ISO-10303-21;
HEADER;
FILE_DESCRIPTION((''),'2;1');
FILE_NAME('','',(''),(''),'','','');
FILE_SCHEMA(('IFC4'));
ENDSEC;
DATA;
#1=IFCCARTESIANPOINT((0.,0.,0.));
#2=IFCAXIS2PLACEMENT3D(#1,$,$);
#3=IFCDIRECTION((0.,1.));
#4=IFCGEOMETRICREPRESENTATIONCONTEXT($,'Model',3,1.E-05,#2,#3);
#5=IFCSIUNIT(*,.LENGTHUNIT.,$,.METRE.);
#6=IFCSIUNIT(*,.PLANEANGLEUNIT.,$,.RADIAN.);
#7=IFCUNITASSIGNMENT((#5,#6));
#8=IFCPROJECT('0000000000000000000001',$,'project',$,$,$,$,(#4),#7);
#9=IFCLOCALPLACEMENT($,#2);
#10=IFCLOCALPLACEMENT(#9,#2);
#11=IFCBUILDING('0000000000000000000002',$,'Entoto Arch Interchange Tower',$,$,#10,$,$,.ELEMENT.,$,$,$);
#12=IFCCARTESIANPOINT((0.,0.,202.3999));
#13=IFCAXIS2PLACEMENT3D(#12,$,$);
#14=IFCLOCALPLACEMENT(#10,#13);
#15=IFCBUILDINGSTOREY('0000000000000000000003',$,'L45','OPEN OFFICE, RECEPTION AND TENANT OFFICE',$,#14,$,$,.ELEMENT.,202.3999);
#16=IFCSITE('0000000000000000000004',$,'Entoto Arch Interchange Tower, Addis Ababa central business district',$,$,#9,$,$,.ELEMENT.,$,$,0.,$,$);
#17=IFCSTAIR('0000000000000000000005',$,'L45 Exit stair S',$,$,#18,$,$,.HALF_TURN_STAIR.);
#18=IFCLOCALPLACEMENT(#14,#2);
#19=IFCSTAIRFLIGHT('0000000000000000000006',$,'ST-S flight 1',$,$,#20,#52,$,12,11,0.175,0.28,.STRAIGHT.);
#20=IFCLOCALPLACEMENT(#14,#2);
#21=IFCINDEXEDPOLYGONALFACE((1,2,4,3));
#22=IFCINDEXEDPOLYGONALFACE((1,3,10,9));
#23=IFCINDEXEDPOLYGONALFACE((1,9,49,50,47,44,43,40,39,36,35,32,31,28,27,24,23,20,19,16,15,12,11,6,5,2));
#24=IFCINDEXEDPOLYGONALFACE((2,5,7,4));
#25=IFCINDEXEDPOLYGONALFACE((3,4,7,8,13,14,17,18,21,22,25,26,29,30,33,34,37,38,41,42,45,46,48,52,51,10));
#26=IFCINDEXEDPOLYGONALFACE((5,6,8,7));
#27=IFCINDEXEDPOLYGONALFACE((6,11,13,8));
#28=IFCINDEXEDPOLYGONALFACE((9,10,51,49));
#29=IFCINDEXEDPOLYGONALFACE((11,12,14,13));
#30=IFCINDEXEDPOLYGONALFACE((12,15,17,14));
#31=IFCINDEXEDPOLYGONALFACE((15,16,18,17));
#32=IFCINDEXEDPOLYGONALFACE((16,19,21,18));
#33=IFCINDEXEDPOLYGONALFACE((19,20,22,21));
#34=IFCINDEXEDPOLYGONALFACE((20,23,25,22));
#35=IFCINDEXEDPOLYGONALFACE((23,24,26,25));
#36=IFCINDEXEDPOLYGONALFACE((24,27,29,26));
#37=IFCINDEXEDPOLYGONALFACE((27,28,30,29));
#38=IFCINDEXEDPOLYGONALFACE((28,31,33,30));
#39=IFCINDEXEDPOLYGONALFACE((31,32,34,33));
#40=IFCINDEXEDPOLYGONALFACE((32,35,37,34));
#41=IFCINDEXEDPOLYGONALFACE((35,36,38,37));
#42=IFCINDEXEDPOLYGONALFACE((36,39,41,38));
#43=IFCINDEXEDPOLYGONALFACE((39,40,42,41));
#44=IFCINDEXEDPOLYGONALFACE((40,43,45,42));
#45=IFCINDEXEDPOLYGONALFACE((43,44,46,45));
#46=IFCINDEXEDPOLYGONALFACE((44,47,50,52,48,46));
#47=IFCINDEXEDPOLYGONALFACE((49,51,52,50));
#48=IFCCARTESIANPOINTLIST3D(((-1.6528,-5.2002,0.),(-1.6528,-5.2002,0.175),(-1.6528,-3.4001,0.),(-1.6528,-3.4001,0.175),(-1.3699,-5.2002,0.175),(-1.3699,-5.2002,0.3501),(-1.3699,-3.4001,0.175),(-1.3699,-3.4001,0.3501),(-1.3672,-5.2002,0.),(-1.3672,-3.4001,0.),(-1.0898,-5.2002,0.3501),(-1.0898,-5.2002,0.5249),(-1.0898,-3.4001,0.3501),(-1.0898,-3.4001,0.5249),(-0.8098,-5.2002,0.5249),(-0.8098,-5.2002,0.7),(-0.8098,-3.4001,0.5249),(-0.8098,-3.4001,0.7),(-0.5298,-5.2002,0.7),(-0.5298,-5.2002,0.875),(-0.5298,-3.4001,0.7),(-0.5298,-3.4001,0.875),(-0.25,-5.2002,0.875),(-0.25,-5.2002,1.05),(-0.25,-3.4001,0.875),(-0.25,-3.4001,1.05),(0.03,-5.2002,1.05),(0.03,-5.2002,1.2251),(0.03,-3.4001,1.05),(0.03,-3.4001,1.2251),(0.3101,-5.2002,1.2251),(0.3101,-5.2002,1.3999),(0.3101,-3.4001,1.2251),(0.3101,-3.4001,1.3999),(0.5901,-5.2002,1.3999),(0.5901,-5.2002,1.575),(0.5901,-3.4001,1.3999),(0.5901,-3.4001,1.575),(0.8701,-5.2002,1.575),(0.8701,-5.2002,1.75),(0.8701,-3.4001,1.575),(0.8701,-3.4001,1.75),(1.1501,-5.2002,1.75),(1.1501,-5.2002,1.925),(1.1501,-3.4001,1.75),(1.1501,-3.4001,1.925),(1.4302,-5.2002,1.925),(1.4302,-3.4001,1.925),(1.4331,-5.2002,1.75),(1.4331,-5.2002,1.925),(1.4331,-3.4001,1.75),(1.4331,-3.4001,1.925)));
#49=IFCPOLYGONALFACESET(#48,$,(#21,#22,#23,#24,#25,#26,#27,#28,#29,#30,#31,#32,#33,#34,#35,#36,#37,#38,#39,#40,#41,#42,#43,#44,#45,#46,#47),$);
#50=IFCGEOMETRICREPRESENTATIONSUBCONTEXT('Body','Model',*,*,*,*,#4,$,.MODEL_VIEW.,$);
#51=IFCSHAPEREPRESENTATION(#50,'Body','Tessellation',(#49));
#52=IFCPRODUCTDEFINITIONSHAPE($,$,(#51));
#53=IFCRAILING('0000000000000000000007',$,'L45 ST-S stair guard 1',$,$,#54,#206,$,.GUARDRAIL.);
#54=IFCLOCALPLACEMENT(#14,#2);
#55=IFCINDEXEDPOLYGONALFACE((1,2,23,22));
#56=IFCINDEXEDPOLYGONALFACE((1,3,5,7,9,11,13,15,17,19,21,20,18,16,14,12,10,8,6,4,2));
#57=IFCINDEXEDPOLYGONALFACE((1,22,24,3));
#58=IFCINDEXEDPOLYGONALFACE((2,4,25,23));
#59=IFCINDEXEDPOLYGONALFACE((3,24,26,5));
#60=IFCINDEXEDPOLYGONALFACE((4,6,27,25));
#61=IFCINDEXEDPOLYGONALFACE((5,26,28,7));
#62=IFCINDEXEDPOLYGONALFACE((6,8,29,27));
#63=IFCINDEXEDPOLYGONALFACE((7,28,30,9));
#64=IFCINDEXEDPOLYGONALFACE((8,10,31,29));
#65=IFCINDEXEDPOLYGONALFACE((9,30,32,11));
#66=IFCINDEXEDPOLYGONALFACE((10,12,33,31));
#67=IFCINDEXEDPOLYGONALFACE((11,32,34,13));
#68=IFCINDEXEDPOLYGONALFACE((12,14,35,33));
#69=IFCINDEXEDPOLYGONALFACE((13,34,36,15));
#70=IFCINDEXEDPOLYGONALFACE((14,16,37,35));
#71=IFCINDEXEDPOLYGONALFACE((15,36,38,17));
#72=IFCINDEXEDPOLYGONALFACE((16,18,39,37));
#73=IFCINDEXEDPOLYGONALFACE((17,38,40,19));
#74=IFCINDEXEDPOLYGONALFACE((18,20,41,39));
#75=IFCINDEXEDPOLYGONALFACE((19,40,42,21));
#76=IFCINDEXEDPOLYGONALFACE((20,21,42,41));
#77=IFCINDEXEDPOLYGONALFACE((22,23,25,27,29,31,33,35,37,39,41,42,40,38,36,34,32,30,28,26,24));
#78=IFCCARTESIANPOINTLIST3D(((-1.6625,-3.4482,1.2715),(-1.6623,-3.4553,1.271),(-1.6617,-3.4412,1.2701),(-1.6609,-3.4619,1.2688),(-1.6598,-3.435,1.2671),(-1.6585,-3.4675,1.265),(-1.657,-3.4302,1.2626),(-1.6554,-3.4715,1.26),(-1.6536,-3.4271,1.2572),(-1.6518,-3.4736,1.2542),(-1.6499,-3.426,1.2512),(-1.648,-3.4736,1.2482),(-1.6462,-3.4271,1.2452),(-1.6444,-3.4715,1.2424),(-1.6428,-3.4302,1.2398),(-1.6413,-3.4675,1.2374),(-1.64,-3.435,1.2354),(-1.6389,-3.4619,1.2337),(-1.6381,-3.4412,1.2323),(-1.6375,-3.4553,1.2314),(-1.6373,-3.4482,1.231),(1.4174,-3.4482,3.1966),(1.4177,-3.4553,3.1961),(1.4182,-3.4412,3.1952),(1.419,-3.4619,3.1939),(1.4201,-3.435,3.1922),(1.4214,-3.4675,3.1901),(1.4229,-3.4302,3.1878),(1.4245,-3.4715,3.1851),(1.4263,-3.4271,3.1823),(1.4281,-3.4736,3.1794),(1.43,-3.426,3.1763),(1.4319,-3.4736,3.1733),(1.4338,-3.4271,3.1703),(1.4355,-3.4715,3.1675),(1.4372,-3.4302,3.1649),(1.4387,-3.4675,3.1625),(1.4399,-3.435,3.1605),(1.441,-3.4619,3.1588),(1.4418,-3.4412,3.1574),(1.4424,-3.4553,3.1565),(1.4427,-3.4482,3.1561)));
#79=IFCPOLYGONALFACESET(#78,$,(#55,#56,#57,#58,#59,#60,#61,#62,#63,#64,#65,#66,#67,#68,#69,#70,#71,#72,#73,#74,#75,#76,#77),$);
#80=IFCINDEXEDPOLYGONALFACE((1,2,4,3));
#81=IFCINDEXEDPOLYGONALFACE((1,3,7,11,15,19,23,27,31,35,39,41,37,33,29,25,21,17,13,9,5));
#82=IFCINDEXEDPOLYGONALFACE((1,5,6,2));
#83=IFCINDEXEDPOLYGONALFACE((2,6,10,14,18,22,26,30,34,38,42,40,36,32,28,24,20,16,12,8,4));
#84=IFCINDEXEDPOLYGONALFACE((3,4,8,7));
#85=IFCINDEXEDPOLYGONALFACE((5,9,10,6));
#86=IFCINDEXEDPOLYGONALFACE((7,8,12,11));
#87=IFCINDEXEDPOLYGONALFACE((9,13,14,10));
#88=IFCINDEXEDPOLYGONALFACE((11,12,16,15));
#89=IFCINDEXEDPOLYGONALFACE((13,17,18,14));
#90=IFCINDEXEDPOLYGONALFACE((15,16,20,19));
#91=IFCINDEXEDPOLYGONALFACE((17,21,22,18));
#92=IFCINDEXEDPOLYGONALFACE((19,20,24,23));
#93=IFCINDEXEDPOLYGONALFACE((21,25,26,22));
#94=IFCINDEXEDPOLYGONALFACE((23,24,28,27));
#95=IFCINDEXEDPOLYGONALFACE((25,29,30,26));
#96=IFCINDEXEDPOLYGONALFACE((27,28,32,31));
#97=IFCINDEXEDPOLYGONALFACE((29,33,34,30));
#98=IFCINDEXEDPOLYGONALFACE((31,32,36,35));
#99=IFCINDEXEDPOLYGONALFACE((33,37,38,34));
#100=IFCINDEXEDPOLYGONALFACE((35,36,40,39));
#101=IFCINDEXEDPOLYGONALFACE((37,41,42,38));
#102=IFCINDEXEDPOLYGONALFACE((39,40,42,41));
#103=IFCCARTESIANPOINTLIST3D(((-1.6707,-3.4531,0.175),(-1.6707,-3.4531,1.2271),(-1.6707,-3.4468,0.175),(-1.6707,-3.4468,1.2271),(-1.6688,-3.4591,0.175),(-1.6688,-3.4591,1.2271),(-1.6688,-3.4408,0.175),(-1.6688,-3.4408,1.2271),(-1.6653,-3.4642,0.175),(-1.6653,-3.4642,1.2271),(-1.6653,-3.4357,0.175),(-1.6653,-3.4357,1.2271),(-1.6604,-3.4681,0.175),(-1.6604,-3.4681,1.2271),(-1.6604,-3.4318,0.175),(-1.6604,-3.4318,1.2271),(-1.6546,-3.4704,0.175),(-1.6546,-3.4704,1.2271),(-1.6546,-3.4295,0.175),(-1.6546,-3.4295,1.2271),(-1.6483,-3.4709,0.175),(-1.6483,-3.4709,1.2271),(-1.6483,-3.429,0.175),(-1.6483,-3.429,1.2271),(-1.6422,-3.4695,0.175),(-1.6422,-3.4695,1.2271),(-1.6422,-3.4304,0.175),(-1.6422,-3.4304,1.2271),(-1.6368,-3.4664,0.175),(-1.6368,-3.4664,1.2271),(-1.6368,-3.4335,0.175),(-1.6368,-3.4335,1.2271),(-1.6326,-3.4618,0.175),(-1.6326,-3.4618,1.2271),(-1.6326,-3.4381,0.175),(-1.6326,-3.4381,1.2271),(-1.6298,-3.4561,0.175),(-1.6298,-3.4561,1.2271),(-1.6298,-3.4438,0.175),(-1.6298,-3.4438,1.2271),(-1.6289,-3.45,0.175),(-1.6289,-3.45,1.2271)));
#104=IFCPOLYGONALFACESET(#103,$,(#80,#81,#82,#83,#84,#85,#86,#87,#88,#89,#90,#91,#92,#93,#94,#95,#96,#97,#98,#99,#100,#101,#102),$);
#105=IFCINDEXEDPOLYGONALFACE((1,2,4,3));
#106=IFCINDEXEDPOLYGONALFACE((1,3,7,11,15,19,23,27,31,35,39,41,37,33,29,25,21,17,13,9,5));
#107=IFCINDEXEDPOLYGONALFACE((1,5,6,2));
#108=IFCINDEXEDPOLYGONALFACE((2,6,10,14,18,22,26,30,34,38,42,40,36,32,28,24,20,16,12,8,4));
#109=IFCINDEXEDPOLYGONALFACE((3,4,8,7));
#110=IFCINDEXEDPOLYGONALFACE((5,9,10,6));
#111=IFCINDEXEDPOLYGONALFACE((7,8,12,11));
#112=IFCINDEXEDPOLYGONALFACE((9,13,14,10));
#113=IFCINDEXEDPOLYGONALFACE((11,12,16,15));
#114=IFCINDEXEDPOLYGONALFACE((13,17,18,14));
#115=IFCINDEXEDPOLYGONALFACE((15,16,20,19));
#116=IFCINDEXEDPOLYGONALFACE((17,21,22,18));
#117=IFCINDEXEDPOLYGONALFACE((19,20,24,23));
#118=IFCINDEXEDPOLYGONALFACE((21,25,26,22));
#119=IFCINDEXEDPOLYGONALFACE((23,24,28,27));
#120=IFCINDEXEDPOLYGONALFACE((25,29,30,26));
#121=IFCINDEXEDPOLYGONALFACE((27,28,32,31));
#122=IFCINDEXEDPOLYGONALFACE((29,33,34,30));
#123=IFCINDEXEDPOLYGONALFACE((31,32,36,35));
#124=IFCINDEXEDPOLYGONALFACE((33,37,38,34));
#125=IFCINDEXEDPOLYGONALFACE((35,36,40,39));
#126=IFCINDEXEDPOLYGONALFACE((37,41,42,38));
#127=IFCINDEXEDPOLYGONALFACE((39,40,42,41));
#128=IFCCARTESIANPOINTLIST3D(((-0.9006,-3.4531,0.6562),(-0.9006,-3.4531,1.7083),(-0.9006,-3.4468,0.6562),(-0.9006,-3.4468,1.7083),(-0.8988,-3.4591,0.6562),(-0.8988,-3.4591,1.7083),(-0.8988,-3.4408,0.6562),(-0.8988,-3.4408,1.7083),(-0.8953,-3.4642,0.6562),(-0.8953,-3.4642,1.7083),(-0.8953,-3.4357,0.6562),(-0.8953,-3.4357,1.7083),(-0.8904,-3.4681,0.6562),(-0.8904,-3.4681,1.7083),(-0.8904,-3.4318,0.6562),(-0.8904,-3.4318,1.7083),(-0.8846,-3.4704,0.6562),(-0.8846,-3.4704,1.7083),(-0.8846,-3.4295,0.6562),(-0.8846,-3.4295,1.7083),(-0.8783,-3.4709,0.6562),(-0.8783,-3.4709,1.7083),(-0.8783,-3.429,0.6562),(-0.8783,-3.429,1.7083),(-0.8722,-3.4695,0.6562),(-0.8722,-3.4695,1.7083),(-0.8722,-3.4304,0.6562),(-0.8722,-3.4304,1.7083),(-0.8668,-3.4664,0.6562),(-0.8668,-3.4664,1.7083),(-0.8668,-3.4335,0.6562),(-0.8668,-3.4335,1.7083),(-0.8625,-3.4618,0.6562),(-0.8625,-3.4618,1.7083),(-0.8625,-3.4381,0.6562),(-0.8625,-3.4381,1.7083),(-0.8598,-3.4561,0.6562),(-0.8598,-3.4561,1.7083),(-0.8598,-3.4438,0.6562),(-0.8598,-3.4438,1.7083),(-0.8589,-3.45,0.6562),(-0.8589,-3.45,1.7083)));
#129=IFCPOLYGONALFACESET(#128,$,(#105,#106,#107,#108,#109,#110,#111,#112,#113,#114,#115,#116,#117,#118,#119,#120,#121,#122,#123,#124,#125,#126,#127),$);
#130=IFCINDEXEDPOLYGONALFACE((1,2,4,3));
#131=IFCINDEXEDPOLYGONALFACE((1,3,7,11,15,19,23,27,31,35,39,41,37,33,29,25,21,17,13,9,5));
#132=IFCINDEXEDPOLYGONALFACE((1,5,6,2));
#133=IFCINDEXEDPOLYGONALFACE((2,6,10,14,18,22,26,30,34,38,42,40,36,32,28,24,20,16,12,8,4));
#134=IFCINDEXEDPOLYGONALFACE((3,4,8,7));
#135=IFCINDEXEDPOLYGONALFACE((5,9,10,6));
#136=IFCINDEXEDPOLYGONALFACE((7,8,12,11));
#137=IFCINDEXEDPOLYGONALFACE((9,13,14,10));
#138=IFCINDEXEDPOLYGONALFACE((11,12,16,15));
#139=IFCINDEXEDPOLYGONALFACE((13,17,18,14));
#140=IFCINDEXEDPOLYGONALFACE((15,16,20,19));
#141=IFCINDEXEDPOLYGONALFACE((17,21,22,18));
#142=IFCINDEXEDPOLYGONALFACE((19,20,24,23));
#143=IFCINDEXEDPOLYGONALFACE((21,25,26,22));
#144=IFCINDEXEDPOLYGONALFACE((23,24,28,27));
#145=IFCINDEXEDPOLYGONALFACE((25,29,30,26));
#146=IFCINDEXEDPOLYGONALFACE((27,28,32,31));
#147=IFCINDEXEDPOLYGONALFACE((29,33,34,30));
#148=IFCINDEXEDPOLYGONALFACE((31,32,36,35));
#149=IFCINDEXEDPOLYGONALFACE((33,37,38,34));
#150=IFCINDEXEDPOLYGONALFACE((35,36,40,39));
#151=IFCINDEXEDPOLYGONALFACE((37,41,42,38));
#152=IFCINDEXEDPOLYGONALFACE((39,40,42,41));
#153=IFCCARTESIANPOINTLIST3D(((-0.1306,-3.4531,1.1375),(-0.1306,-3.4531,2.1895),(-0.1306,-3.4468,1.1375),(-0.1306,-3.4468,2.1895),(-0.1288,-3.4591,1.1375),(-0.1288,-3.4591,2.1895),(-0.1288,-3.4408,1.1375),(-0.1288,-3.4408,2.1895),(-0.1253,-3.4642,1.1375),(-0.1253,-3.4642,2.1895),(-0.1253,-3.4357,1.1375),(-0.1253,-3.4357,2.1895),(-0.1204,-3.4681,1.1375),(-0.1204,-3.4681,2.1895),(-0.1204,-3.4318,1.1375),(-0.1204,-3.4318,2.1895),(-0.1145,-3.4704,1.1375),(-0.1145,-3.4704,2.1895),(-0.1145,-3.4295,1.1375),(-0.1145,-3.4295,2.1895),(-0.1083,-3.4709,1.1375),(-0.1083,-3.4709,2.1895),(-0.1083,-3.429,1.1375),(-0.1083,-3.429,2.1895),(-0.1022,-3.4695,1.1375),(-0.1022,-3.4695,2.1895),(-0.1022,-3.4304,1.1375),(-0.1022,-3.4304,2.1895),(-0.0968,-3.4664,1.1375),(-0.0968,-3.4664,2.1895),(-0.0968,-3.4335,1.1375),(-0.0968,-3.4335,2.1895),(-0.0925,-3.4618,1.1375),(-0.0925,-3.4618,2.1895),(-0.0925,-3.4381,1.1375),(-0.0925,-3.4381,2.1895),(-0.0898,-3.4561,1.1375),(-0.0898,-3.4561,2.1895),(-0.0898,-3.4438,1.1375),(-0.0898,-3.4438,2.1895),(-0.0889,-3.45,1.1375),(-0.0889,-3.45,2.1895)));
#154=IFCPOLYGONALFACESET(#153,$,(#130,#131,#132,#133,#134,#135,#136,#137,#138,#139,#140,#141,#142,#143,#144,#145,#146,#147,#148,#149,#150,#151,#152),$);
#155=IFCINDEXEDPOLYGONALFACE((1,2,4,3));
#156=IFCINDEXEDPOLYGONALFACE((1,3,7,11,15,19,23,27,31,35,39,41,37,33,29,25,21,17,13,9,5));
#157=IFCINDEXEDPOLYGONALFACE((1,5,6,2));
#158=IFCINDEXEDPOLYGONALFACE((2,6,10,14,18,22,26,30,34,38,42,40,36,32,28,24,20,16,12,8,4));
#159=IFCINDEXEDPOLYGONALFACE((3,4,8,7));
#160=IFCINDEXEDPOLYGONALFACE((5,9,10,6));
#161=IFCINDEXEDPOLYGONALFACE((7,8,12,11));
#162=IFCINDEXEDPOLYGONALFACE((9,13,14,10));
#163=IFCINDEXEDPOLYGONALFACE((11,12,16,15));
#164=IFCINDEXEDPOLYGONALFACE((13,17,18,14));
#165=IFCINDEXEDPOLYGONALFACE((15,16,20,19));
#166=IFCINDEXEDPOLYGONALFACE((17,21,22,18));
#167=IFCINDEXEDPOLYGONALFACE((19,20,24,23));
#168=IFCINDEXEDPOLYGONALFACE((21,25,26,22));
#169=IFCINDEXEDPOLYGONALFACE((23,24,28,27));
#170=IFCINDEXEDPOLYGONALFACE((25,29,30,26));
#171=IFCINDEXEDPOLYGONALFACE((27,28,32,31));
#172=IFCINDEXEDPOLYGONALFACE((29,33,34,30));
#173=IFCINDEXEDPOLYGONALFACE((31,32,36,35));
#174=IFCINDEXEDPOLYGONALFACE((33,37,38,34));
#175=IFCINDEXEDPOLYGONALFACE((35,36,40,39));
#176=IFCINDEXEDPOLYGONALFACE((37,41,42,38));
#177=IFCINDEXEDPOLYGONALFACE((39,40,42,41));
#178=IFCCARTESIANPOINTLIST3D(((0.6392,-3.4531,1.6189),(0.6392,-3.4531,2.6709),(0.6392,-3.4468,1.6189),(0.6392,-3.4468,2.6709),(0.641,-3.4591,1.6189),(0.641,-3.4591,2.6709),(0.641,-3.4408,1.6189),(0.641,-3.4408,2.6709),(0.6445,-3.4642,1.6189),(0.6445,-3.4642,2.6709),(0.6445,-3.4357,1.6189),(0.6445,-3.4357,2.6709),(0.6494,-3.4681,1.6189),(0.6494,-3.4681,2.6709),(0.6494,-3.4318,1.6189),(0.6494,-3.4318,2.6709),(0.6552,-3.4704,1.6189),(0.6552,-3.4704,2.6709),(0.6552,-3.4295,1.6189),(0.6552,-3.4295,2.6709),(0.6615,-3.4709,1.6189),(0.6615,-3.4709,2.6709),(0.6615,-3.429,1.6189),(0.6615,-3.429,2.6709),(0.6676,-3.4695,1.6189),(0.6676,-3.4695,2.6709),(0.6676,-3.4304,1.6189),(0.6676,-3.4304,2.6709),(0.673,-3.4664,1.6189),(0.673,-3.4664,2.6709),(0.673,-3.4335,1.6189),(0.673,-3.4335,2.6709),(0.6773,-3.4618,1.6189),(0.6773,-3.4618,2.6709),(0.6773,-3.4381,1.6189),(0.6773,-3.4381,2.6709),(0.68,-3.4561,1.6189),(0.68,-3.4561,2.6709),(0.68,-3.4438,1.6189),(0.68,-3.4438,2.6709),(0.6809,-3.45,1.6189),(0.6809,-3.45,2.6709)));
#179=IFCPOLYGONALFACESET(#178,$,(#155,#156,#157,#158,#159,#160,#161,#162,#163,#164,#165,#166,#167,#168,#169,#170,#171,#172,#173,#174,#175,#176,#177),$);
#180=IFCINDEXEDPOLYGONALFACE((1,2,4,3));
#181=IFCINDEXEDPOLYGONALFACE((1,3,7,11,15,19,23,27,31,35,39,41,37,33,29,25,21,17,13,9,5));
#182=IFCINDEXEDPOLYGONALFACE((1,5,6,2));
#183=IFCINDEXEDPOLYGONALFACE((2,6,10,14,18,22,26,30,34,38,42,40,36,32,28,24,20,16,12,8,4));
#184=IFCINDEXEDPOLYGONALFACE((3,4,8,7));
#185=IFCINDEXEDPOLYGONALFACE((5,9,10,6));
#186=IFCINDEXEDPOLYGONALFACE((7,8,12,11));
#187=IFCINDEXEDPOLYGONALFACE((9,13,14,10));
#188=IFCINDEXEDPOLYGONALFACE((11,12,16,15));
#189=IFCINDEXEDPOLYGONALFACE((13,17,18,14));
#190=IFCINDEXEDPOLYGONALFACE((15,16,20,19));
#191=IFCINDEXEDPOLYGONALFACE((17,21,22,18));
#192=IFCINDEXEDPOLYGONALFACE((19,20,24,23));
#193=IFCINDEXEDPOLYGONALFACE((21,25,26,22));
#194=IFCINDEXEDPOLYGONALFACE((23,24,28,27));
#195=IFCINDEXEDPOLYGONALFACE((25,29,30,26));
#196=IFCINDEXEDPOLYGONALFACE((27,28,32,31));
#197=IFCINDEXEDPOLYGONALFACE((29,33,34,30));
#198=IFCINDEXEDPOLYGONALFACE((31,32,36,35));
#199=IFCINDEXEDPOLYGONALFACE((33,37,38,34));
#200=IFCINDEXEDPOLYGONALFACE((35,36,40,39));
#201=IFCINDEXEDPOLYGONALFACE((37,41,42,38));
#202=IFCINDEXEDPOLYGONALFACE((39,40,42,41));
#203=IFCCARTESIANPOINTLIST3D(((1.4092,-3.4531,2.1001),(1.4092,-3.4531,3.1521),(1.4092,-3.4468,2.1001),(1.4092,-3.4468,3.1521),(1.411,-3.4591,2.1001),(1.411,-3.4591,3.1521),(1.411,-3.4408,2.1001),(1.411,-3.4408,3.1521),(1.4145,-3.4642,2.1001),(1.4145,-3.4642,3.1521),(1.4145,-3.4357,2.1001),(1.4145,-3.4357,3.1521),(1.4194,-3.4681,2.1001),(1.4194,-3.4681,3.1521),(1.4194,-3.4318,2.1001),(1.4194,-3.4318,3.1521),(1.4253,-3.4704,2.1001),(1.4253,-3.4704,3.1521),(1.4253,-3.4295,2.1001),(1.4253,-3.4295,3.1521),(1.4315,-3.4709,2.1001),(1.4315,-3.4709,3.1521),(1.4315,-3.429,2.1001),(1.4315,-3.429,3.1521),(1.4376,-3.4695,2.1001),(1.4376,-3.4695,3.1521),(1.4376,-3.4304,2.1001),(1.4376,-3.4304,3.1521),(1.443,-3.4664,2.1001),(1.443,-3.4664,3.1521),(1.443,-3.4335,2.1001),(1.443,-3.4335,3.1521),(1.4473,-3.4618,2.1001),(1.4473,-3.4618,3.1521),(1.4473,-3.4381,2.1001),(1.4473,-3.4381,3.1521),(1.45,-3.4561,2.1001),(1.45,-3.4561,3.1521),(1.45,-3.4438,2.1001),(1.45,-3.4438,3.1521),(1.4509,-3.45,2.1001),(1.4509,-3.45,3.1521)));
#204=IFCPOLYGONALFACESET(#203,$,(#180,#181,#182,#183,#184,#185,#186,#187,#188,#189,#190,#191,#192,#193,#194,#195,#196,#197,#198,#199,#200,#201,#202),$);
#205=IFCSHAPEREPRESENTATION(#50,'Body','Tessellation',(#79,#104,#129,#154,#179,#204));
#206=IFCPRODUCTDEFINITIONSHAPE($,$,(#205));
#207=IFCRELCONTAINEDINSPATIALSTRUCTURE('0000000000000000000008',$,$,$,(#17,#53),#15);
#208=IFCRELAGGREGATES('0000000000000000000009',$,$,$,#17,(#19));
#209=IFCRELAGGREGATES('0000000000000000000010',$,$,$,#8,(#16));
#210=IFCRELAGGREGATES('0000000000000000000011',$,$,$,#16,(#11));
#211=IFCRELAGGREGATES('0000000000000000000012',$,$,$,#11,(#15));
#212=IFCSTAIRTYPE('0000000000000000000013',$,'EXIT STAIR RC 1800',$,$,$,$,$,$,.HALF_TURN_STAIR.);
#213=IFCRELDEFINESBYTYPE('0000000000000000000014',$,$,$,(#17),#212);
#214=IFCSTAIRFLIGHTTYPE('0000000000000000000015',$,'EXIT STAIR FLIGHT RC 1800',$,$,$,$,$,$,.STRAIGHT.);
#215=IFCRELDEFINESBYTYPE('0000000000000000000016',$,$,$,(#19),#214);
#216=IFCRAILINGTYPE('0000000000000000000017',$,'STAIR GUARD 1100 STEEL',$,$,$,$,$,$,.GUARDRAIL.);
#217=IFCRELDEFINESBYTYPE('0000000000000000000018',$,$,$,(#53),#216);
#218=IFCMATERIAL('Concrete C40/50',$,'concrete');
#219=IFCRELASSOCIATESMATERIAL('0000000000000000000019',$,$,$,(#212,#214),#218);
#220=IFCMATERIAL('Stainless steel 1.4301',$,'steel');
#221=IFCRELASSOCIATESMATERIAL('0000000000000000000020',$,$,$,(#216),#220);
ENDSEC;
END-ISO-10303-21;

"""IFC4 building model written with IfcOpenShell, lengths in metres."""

from ifc_helpers import new_model, si_unit, direction, frame, origin, origin_2d, place, context, subcontext, project, spatial, polyline, circle, outline, extrude, material, type_object, element, aggregate, save


model = new_model("IFC4")

# Units and contexts
model_context = context("Model", 3, precision=1e-05, world=origin(), true_north=direction((0.0, 1.0)))
body_context = subcontext(model_context, "Body", "Model", "MODEL_VIEW")
ifc_project = project(units=[si_unit("LENGTHUNIT", "METRE"), si_unit("PLANEANGLEUNIT", "RADIAN")], contexts=[model_context])

# Site, building, storey
site_placement = place(None, origin())
site = spatial("IfcSite", under=ifc_project, at=site_placement, Name="Entoto Arch Interchange Tower, Addis Ababa central business district", CompositionType="ELEMENT", RefElevation=0.0)
building_placement = place(site_placement, origin())
building = spatial("IfcBuilding", under=site, at=building_placement, Name="Entoto Arch Interchange Tower", CompositionType="ELEMENT")
storey_placement = place(building_placement, frame((0.0, 0.0, 202.3999)))
storey = spatial("IfcBuildingStorey", under=building, at=storey_placement, Name="L45", Description="OPEN OFFICE, RECEPTION AND TENANT OFFICE", CompositionType="ELEMENT", Elevation=202.3999)

# Shared definitions
ifc_material_1 = material(Name="Concrete C40/50", Category="concrete")

# Stair, stair flight
stair_type = type_object("IfcStairType", Name="EXIT STAIR RC 1800", PredefinedType="HALF_TURN_STAIR", material=ifc_material_1)
stair_placement = place(storey_placement, origin())
stair = element("IfcStair", 1, at=stair_placement, inside=storey, type_object=stair_type, Name="L45 Exit stair S", PredefinedType="HALF_TURN_STAIR")
stair_flight_type = type_object("IfcStairFlightType", Name="EXIT STAIR FLIGHT RC 1800", PredefinedType="STRAIGHT", material=ifc_material_1)
stair_flight_placement = place(storey_placement, frame((-1.6499, -4.3, 0.0), z_axis=(0.0, 0.0, 1.0), x_axis=(1.0, 0.0, 0.0)))
stair_flight = element("IfcStairFlight", 2, at=stair_flight_placement, type_object=stair_flight_type, Name="ST-S flight 1", NumberOfRisers=12, NumberOfTreads=11, PredefinedType="STRAIGHT", RiserHeight=0.175, TreadLength=0.28, context=body_context, shape_type="SweptSolid", body=[
    extrude(outline(polyline([(-0.0029, 0.0), (-0.0029, 0.175), (0.28, 0.175), (0.28, 0.3501), (0.5601, 0.3501), (0.5601, 0.5249), (0.8401, 0.5249), (0.8401, 0.7), (1.1201, 0.7), (1.1201, 0.875), (1.3999, 0.875), (1.3999, 1.05), (1.6799, 1.05), (1.6799, 1.2251), (1.96, 1.2251), (1.96, 1.3999), (2.24, 1.3999), (2.24, 1.575), (2.52, 1.575), (2.52, 1.75), (2.8, 1.75), (2.8, 1.925), (3.0801, 1.925), (3.083, 1.925), (3.083, 1.75), (0.2827, 0.0), (-0.0029, 0.0)])), frame((0.0, 0.8999, 0.0), z_axis=(0.0, -1.0, 0.0), x_axis=(1.0, 0.0, 0.0)), (0.0, 0.0, 1.0), 1.8),
])
aggregate(stair, [stair_flight])

# Railing
ifc_material_2 = material(Name="Stainless steel 1.4301", Category="steel")
railing_type_1 = type_object("IfcRailingType", Name="STAIR GUARD 1100 STEEL", PredefinedType="GUARDRAIL", material=ifc_material_2)
railing_1_placement = place(storey_placement, frame((-1.6499, -3.45, 0.175)))
element("IfcRailing", 3, at=railing_1_placement, inside=storey, type_object=railing_type_1, Name="L45 ST-S stair guard 1", PredefinedType="GUARDRAIL", context=body_context, shape_type="SweptSolid", body=[
    extrude(circle(Radius=0.0239, at=origin_2d()), frame((0.0, 0.0, 1.0762), z_axis=(0.847979, 0.0, 0.530029), x_axis=(0.0, 1.0, 0.0)), (0.0, 0.0, 1.0), 3.6321),
    extrude(circle(Radius=0.021, at=origin_2d()), origin(), (0.0, 0.0, 1.0), 1.052),
    extrude(circle(Radius=0.021, at=origin_2d()), frame((0.77, 0.0, 0.4812)), (0.0, 0.0, 1.0), 1.052),
    extrude(circle(Radius=0.021, at=origin_2d()), frame((1.54, 0.0, 0.9624)), (0.0, 0.0, 1.0), 1.052),
    extrude(circle(Radius=0.021, at=origin_2d()), frame((2.3098, 0.0, 1.4438)), (0.0, 0.0, 1.0), 1.052),
    extrude(circle(Radius=0.021, at=origin_2d()), frame((3.0798, 0.0, 1.925)), (0.0, 0.0, 1.0), 1.052),
])

save(model, "model.ifc")
